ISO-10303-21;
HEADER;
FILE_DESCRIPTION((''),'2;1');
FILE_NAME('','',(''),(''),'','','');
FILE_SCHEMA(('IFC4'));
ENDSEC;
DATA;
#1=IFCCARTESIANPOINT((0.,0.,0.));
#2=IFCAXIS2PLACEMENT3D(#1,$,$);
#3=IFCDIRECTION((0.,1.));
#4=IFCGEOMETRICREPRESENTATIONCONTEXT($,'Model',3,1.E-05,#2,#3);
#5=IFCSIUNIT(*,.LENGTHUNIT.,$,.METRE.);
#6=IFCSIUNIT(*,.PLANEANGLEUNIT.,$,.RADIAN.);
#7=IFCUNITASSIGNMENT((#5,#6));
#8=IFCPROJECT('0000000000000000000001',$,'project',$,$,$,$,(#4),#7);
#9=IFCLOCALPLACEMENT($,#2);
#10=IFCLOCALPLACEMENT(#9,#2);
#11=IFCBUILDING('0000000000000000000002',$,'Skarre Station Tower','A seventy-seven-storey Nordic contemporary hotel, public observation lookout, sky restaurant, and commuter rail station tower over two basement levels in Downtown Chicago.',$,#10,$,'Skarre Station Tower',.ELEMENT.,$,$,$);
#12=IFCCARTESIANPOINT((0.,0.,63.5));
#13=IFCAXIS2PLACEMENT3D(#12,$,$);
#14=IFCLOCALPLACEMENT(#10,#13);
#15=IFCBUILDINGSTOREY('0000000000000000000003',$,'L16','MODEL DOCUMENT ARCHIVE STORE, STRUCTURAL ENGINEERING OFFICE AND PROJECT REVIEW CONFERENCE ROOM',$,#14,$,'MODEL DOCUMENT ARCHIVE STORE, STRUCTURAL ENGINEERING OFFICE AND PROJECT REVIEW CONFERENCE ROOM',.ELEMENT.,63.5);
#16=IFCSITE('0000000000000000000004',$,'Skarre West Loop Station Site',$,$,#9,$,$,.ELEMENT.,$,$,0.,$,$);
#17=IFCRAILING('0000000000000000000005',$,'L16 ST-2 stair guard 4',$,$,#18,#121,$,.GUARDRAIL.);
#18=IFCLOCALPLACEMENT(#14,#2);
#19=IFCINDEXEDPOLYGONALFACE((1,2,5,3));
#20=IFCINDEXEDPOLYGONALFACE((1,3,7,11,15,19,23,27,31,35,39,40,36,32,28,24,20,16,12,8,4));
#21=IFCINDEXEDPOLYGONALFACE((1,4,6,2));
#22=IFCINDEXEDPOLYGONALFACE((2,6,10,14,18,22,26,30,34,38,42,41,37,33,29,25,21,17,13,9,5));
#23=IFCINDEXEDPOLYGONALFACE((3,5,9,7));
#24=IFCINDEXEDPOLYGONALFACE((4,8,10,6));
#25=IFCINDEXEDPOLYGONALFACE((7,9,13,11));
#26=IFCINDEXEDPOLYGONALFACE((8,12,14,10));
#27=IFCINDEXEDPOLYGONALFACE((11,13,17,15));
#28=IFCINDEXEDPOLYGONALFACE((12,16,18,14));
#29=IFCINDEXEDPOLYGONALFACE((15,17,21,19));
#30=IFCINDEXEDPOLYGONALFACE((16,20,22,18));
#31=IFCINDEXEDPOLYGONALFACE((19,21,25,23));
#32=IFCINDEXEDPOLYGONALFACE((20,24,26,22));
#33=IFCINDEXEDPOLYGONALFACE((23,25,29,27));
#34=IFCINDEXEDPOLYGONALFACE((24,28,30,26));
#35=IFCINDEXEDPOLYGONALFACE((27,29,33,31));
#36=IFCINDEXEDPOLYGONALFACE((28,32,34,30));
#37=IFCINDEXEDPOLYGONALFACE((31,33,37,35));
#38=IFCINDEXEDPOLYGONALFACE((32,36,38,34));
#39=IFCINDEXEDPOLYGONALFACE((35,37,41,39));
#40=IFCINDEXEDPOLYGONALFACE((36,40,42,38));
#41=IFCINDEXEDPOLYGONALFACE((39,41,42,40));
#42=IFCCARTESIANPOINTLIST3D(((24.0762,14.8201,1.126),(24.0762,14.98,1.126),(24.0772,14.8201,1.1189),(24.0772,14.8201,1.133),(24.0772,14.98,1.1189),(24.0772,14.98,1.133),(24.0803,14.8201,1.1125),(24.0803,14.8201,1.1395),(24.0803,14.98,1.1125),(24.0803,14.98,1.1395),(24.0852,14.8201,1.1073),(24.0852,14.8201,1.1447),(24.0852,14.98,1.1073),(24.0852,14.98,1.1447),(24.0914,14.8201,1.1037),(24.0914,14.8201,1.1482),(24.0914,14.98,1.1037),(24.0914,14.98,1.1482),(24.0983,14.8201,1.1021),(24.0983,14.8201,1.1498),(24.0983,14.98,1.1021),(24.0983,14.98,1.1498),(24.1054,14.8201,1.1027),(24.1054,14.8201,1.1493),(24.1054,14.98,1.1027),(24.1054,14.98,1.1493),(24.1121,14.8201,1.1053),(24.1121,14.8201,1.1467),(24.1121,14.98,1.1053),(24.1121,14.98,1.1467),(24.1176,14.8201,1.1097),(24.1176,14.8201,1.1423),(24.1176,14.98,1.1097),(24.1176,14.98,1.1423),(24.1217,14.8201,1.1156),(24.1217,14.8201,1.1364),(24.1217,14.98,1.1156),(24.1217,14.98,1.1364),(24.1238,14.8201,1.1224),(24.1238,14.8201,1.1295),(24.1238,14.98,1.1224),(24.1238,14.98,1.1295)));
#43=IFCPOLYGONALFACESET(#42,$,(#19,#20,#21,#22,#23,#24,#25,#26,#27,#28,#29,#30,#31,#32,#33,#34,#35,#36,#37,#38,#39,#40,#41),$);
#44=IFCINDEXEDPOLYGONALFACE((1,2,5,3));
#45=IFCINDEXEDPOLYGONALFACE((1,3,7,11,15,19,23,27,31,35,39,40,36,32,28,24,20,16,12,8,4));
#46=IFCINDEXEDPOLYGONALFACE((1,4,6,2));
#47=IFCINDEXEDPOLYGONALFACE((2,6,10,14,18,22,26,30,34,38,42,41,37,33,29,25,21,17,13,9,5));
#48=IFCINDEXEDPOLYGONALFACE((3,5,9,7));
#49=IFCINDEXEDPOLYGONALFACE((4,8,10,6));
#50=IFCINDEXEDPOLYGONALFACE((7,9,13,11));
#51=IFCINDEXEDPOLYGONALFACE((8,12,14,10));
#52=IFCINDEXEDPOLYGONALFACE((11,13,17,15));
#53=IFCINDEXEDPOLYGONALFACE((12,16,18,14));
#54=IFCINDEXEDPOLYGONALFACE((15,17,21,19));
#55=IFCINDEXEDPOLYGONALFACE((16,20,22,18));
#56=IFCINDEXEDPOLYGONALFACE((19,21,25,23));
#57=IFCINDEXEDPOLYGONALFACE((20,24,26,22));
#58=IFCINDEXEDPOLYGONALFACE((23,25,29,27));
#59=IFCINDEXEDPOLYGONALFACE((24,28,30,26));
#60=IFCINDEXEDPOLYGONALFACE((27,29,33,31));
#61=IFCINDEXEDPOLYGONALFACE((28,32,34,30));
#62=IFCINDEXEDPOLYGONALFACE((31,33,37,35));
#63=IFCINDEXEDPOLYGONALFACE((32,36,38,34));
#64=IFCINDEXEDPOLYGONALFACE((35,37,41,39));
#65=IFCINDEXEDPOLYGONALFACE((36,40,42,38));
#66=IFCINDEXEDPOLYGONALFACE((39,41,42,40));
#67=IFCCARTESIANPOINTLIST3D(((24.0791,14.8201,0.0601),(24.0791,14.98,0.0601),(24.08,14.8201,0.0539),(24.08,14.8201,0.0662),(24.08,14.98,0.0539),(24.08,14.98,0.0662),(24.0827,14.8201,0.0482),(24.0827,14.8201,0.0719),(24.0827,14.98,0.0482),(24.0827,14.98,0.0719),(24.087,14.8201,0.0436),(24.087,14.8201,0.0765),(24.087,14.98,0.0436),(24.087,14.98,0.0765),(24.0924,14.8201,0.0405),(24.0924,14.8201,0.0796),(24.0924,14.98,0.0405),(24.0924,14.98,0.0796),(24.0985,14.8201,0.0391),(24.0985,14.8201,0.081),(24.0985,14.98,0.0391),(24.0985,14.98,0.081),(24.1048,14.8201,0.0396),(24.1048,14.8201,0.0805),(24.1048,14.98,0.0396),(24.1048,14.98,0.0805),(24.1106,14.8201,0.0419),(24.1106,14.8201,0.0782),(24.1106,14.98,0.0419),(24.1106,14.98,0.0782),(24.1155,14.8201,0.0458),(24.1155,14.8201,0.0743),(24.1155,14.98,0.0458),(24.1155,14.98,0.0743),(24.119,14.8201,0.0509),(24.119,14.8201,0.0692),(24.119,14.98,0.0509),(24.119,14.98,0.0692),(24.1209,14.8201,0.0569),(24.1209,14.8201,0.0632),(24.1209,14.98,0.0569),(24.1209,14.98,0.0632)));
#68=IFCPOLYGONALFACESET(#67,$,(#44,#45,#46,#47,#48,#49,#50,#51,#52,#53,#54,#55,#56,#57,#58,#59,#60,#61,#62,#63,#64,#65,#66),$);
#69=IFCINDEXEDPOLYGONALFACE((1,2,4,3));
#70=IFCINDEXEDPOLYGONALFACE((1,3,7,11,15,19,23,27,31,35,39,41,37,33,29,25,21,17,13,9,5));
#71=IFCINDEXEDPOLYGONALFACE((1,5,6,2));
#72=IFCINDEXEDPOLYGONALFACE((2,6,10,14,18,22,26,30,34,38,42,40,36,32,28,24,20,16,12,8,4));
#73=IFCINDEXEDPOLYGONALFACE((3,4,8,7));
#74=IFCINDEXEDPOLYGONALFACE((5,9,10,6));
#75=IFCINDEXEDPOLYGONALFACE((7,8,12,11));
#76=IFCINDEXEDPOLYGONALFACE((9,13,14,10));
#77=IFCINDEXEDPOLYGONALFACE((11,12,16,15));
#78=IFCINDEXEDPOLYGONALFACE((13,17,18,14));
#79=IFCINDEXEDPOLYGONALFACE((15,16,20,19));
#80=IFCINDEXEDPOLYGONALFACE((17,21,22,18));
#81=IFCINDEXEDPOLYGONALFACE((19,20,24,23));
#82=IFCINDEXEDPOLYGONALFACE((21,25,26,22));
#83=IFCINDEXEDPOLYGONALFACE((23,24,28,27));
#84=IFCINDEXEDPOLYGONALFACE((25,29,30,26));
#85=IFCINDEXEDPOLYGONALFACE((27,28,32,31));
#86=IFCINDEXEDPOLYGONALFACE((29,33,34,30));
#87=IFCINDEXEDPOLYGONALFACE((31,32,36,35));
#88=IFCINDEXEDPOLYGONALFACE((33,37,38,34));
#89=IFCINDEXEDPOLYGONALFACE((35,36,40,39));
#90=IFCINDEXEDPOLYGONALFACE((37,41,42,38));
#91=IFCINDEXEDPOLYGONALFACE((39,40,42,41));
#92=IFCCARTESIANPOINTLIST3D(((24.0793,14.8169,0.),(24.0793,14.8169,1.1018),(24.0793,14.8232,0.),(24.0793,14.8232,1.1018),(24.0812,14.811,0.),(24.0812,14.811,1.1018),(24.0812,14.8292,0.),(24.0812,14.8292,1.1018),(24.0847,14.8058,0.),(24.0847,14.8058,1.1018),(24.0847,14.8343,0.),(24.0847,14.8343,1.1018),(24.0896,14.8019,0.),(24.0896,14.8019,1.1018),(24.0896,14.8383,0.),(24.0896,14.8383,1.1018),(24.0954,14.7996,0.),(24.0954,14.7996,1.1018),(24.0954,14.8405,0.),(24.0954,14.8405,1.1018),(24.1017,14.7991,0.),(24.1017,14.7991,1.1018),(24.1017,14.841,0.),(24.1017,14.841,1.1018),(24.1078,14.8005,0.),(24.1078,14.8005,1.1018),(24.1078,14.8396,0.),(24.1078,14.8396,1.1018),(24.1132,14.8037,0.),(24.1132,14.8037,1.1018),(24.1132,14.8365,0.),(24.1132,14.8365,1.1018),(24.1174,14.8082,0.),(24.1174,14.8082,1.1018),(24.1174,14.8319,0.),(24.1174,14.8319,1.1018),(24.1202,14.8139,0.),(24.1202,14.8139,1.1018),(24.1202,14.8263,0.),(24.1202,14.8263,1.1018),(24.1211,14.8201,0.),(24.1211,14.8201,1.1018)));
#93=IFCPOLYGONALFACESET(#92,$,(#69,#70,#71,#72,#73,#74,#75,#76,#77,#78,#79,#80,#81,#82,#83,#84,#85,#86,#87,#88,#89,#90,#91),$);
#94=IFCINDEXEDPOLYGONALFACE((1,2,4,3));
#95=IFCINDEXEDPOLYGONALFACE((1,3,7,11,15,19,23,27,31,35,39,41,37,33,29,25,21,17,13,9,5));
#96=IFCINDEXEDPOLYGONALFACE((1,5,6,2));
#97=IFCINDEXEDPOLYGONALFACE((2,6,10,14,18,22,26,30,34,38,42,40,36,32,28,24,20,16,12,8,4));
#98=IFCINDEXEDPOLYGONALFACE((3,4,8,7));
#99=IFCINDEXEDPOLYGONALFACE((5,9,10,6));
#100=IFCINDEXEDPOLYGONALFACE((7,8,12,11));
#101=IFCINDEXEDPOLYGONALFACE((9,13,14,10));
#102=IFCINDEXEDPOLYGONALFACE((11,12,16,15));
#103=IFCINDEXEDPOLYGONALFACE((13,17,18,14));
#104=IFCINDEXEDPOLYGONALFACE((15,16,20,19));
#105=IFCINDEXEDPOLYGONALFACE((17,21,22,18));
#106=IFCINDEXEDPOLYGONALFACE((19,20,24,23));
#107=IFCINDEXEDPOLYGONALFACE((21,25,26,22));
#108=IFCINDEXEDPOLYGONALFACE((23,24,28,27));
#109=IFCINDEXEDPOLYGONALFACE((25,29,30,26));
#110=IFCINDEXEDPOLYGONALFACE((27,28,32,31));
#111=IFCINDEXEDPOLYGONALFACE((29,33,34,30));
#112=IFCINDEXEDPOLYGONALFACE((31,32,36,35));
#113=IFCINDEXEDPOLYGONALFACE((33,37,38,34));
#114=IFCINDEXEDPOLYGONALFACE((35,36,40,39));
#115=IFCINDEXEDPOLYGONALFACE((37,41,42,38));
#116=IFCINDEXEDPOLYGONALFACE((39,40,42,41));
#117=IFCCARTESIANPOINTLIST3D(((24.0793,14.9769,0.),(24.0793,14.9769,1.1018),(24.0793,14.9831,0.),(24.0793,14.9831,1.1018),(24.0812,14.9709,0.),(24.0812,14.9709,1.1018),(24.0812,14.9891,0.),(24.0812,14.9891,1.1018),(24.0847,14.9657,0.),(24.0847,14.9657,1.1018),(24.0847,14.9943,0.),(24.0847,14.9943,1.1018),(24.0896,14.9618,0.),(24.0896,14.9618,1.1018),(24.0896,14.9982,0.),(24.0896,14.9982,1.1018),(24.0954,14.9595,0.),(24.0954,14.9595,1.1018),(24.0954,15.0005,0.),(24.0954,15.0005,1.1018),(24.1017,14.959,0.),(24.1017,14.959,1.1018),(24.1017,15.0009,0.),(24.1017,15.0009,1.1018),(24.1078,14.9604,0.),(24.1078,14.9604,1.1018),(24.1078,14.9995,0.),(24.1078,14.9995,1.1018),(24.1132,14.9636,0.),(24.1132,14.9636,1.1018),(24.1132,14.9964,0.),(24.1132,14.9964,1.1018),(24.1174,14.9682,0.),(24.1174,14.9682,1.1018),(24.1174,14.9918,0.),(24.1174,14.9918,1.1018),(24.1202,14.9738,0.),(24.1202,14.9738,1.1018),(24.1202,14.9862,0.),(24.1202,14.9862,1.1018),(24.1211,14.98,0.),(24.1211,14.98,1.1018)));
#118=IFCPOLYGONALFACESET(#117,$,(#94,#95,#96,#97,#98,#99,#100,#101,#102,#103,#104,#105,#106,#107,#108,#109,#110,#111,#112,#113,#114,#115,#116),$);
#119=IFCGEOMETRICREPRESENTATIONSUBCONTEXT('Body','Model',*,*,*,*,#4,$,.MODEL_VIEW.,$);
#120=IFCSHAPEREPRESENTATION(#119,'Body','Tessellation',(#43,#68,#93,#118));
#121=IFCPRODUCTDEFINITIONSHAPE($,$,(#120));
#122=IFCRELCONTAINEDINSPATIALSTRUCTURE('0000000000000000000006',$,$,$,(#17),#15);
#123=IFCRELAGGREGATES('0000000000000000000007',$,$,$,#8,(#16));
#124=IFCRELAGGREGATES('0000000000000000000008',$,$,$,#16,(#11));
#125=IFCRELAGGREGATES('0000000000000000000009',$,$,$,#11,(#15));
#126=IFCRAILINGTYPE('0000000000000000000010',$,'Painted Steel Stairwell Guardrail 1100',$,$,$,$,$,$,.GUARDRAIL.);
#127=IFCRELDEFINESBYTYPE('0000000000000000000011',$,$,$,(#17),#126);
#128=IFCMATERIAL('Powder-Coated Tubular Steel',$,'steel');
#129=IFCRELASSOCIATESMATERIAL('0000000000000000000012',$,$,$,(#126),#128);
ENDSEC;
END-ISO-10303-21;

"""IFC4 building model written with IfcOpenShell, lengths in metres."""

from ifc_helpers import new_model, si_unit, direction, frame, origin, origin_2d, place, context, subcontext, project, spatial, circle, extrude, material, type_object, element, save


model = new_model("IFC4")

# Units and contexts
model_context = context("Model", 3, precision=1e-05, world=origin(), true_north=direction((0.0, 1.0)))
body_context = subcontext(model_context, "Body", "Model", "MODEL_VIEW")
ifc_project = project(units=[si_unit("LENGTHUNIT", "METRE"), si_unit("PLANEANGLEUNIT", "RADIAN")], contexts=[model_context])

# Site, building, storey
site_placement = place(None, origin())
site = spatial("IfcSite", under=ifc_project, at=site_placement, Name="Skarre West Loop Station Site", CompositionType="ELEMENT", RefElevation=0.0)
building_placement = place(site_placement, origin())
building = spatial("IfcBuilding", under=site, at=building_placement, Name="Skarre Station Tower", Description="A seventy-seven-storey Nordic contemporary hotel, public observation lookout, sky restaurant, and commuter rail station tower over two basement levels in Downtown Chicago.", LongName="Skarre Station Tower", CompositionType="ELEMENT")
storey_placement = place(building_placement, frame((0.0, 0.0, 63.5)))
storey = spatial("IfcBuildingStorey", under=building, at=storey_placement, Name="L16", Description="MODEL DOCUMENT ARCHIVE STORE, STRUCTURAL ENGINEERING OFFICE AND PROJECT REVIEW CONFERENCE ROOM", LongName="MODEL DOCUMENT ARCHIVE STORE, STRUCTURAL ENGINEERING OFFICE AND PROJECT REVIEW CONFERENCE ROOM", CompositionType="ELEMENT", Elevation=63.5)

# Railing
ifc_material_1 = material(Name="Powder-Coated Tubular Steel", Category="steel")
railing_type_1 = type_object("IfcRailingType", Name="Painted Steel Stairwell Guardrail 1100", PredefinedType="GUARDRAIL", material=ifc_material_1)
railing_1_placement = place(storey_placement, frame((24.1001, 14.8201, 0.0)))
element("IfcRailing", 1, at=railing_1_placement, inside=storey, type_object=railing_type_1, Name="L16 ST-2 stair guard 4", PredefinedType="GUARDRAIL", context=body_context, shape_type="SweptSolid", body=[
    extrude(circle(Radius=0.0239, at=origin_2d()), frame((0.0, 0.0, 1.126), z_axis=(0.0, 1.0, 0.0), x_axis=(-1.0, 0.0, 0.0)), (0.0, 0.0, 1.0), 0.1599),
    extrude(circle(Radius=0.021, at=origin_2d()), frame((0.0, 0.0, 0.0601), z_axis=(0.0, 1.0, 0.0), x_axis=(-1.0, 0.0, 0.0)), (0.0, 0.0, 1.0), 0.1599),
    extrude(circle(Radius=0.021, at=origin_2d()), origin(), (0.0, 0.0, 1.0), 1.1018),
    extrude(circle(Radius=0.021, at=origin_2d()), frame((0.0, 0.1599, 0.0)), (0.0, 0.0, 1.0), 1.1018),
])

save(model, "model.ifc")
